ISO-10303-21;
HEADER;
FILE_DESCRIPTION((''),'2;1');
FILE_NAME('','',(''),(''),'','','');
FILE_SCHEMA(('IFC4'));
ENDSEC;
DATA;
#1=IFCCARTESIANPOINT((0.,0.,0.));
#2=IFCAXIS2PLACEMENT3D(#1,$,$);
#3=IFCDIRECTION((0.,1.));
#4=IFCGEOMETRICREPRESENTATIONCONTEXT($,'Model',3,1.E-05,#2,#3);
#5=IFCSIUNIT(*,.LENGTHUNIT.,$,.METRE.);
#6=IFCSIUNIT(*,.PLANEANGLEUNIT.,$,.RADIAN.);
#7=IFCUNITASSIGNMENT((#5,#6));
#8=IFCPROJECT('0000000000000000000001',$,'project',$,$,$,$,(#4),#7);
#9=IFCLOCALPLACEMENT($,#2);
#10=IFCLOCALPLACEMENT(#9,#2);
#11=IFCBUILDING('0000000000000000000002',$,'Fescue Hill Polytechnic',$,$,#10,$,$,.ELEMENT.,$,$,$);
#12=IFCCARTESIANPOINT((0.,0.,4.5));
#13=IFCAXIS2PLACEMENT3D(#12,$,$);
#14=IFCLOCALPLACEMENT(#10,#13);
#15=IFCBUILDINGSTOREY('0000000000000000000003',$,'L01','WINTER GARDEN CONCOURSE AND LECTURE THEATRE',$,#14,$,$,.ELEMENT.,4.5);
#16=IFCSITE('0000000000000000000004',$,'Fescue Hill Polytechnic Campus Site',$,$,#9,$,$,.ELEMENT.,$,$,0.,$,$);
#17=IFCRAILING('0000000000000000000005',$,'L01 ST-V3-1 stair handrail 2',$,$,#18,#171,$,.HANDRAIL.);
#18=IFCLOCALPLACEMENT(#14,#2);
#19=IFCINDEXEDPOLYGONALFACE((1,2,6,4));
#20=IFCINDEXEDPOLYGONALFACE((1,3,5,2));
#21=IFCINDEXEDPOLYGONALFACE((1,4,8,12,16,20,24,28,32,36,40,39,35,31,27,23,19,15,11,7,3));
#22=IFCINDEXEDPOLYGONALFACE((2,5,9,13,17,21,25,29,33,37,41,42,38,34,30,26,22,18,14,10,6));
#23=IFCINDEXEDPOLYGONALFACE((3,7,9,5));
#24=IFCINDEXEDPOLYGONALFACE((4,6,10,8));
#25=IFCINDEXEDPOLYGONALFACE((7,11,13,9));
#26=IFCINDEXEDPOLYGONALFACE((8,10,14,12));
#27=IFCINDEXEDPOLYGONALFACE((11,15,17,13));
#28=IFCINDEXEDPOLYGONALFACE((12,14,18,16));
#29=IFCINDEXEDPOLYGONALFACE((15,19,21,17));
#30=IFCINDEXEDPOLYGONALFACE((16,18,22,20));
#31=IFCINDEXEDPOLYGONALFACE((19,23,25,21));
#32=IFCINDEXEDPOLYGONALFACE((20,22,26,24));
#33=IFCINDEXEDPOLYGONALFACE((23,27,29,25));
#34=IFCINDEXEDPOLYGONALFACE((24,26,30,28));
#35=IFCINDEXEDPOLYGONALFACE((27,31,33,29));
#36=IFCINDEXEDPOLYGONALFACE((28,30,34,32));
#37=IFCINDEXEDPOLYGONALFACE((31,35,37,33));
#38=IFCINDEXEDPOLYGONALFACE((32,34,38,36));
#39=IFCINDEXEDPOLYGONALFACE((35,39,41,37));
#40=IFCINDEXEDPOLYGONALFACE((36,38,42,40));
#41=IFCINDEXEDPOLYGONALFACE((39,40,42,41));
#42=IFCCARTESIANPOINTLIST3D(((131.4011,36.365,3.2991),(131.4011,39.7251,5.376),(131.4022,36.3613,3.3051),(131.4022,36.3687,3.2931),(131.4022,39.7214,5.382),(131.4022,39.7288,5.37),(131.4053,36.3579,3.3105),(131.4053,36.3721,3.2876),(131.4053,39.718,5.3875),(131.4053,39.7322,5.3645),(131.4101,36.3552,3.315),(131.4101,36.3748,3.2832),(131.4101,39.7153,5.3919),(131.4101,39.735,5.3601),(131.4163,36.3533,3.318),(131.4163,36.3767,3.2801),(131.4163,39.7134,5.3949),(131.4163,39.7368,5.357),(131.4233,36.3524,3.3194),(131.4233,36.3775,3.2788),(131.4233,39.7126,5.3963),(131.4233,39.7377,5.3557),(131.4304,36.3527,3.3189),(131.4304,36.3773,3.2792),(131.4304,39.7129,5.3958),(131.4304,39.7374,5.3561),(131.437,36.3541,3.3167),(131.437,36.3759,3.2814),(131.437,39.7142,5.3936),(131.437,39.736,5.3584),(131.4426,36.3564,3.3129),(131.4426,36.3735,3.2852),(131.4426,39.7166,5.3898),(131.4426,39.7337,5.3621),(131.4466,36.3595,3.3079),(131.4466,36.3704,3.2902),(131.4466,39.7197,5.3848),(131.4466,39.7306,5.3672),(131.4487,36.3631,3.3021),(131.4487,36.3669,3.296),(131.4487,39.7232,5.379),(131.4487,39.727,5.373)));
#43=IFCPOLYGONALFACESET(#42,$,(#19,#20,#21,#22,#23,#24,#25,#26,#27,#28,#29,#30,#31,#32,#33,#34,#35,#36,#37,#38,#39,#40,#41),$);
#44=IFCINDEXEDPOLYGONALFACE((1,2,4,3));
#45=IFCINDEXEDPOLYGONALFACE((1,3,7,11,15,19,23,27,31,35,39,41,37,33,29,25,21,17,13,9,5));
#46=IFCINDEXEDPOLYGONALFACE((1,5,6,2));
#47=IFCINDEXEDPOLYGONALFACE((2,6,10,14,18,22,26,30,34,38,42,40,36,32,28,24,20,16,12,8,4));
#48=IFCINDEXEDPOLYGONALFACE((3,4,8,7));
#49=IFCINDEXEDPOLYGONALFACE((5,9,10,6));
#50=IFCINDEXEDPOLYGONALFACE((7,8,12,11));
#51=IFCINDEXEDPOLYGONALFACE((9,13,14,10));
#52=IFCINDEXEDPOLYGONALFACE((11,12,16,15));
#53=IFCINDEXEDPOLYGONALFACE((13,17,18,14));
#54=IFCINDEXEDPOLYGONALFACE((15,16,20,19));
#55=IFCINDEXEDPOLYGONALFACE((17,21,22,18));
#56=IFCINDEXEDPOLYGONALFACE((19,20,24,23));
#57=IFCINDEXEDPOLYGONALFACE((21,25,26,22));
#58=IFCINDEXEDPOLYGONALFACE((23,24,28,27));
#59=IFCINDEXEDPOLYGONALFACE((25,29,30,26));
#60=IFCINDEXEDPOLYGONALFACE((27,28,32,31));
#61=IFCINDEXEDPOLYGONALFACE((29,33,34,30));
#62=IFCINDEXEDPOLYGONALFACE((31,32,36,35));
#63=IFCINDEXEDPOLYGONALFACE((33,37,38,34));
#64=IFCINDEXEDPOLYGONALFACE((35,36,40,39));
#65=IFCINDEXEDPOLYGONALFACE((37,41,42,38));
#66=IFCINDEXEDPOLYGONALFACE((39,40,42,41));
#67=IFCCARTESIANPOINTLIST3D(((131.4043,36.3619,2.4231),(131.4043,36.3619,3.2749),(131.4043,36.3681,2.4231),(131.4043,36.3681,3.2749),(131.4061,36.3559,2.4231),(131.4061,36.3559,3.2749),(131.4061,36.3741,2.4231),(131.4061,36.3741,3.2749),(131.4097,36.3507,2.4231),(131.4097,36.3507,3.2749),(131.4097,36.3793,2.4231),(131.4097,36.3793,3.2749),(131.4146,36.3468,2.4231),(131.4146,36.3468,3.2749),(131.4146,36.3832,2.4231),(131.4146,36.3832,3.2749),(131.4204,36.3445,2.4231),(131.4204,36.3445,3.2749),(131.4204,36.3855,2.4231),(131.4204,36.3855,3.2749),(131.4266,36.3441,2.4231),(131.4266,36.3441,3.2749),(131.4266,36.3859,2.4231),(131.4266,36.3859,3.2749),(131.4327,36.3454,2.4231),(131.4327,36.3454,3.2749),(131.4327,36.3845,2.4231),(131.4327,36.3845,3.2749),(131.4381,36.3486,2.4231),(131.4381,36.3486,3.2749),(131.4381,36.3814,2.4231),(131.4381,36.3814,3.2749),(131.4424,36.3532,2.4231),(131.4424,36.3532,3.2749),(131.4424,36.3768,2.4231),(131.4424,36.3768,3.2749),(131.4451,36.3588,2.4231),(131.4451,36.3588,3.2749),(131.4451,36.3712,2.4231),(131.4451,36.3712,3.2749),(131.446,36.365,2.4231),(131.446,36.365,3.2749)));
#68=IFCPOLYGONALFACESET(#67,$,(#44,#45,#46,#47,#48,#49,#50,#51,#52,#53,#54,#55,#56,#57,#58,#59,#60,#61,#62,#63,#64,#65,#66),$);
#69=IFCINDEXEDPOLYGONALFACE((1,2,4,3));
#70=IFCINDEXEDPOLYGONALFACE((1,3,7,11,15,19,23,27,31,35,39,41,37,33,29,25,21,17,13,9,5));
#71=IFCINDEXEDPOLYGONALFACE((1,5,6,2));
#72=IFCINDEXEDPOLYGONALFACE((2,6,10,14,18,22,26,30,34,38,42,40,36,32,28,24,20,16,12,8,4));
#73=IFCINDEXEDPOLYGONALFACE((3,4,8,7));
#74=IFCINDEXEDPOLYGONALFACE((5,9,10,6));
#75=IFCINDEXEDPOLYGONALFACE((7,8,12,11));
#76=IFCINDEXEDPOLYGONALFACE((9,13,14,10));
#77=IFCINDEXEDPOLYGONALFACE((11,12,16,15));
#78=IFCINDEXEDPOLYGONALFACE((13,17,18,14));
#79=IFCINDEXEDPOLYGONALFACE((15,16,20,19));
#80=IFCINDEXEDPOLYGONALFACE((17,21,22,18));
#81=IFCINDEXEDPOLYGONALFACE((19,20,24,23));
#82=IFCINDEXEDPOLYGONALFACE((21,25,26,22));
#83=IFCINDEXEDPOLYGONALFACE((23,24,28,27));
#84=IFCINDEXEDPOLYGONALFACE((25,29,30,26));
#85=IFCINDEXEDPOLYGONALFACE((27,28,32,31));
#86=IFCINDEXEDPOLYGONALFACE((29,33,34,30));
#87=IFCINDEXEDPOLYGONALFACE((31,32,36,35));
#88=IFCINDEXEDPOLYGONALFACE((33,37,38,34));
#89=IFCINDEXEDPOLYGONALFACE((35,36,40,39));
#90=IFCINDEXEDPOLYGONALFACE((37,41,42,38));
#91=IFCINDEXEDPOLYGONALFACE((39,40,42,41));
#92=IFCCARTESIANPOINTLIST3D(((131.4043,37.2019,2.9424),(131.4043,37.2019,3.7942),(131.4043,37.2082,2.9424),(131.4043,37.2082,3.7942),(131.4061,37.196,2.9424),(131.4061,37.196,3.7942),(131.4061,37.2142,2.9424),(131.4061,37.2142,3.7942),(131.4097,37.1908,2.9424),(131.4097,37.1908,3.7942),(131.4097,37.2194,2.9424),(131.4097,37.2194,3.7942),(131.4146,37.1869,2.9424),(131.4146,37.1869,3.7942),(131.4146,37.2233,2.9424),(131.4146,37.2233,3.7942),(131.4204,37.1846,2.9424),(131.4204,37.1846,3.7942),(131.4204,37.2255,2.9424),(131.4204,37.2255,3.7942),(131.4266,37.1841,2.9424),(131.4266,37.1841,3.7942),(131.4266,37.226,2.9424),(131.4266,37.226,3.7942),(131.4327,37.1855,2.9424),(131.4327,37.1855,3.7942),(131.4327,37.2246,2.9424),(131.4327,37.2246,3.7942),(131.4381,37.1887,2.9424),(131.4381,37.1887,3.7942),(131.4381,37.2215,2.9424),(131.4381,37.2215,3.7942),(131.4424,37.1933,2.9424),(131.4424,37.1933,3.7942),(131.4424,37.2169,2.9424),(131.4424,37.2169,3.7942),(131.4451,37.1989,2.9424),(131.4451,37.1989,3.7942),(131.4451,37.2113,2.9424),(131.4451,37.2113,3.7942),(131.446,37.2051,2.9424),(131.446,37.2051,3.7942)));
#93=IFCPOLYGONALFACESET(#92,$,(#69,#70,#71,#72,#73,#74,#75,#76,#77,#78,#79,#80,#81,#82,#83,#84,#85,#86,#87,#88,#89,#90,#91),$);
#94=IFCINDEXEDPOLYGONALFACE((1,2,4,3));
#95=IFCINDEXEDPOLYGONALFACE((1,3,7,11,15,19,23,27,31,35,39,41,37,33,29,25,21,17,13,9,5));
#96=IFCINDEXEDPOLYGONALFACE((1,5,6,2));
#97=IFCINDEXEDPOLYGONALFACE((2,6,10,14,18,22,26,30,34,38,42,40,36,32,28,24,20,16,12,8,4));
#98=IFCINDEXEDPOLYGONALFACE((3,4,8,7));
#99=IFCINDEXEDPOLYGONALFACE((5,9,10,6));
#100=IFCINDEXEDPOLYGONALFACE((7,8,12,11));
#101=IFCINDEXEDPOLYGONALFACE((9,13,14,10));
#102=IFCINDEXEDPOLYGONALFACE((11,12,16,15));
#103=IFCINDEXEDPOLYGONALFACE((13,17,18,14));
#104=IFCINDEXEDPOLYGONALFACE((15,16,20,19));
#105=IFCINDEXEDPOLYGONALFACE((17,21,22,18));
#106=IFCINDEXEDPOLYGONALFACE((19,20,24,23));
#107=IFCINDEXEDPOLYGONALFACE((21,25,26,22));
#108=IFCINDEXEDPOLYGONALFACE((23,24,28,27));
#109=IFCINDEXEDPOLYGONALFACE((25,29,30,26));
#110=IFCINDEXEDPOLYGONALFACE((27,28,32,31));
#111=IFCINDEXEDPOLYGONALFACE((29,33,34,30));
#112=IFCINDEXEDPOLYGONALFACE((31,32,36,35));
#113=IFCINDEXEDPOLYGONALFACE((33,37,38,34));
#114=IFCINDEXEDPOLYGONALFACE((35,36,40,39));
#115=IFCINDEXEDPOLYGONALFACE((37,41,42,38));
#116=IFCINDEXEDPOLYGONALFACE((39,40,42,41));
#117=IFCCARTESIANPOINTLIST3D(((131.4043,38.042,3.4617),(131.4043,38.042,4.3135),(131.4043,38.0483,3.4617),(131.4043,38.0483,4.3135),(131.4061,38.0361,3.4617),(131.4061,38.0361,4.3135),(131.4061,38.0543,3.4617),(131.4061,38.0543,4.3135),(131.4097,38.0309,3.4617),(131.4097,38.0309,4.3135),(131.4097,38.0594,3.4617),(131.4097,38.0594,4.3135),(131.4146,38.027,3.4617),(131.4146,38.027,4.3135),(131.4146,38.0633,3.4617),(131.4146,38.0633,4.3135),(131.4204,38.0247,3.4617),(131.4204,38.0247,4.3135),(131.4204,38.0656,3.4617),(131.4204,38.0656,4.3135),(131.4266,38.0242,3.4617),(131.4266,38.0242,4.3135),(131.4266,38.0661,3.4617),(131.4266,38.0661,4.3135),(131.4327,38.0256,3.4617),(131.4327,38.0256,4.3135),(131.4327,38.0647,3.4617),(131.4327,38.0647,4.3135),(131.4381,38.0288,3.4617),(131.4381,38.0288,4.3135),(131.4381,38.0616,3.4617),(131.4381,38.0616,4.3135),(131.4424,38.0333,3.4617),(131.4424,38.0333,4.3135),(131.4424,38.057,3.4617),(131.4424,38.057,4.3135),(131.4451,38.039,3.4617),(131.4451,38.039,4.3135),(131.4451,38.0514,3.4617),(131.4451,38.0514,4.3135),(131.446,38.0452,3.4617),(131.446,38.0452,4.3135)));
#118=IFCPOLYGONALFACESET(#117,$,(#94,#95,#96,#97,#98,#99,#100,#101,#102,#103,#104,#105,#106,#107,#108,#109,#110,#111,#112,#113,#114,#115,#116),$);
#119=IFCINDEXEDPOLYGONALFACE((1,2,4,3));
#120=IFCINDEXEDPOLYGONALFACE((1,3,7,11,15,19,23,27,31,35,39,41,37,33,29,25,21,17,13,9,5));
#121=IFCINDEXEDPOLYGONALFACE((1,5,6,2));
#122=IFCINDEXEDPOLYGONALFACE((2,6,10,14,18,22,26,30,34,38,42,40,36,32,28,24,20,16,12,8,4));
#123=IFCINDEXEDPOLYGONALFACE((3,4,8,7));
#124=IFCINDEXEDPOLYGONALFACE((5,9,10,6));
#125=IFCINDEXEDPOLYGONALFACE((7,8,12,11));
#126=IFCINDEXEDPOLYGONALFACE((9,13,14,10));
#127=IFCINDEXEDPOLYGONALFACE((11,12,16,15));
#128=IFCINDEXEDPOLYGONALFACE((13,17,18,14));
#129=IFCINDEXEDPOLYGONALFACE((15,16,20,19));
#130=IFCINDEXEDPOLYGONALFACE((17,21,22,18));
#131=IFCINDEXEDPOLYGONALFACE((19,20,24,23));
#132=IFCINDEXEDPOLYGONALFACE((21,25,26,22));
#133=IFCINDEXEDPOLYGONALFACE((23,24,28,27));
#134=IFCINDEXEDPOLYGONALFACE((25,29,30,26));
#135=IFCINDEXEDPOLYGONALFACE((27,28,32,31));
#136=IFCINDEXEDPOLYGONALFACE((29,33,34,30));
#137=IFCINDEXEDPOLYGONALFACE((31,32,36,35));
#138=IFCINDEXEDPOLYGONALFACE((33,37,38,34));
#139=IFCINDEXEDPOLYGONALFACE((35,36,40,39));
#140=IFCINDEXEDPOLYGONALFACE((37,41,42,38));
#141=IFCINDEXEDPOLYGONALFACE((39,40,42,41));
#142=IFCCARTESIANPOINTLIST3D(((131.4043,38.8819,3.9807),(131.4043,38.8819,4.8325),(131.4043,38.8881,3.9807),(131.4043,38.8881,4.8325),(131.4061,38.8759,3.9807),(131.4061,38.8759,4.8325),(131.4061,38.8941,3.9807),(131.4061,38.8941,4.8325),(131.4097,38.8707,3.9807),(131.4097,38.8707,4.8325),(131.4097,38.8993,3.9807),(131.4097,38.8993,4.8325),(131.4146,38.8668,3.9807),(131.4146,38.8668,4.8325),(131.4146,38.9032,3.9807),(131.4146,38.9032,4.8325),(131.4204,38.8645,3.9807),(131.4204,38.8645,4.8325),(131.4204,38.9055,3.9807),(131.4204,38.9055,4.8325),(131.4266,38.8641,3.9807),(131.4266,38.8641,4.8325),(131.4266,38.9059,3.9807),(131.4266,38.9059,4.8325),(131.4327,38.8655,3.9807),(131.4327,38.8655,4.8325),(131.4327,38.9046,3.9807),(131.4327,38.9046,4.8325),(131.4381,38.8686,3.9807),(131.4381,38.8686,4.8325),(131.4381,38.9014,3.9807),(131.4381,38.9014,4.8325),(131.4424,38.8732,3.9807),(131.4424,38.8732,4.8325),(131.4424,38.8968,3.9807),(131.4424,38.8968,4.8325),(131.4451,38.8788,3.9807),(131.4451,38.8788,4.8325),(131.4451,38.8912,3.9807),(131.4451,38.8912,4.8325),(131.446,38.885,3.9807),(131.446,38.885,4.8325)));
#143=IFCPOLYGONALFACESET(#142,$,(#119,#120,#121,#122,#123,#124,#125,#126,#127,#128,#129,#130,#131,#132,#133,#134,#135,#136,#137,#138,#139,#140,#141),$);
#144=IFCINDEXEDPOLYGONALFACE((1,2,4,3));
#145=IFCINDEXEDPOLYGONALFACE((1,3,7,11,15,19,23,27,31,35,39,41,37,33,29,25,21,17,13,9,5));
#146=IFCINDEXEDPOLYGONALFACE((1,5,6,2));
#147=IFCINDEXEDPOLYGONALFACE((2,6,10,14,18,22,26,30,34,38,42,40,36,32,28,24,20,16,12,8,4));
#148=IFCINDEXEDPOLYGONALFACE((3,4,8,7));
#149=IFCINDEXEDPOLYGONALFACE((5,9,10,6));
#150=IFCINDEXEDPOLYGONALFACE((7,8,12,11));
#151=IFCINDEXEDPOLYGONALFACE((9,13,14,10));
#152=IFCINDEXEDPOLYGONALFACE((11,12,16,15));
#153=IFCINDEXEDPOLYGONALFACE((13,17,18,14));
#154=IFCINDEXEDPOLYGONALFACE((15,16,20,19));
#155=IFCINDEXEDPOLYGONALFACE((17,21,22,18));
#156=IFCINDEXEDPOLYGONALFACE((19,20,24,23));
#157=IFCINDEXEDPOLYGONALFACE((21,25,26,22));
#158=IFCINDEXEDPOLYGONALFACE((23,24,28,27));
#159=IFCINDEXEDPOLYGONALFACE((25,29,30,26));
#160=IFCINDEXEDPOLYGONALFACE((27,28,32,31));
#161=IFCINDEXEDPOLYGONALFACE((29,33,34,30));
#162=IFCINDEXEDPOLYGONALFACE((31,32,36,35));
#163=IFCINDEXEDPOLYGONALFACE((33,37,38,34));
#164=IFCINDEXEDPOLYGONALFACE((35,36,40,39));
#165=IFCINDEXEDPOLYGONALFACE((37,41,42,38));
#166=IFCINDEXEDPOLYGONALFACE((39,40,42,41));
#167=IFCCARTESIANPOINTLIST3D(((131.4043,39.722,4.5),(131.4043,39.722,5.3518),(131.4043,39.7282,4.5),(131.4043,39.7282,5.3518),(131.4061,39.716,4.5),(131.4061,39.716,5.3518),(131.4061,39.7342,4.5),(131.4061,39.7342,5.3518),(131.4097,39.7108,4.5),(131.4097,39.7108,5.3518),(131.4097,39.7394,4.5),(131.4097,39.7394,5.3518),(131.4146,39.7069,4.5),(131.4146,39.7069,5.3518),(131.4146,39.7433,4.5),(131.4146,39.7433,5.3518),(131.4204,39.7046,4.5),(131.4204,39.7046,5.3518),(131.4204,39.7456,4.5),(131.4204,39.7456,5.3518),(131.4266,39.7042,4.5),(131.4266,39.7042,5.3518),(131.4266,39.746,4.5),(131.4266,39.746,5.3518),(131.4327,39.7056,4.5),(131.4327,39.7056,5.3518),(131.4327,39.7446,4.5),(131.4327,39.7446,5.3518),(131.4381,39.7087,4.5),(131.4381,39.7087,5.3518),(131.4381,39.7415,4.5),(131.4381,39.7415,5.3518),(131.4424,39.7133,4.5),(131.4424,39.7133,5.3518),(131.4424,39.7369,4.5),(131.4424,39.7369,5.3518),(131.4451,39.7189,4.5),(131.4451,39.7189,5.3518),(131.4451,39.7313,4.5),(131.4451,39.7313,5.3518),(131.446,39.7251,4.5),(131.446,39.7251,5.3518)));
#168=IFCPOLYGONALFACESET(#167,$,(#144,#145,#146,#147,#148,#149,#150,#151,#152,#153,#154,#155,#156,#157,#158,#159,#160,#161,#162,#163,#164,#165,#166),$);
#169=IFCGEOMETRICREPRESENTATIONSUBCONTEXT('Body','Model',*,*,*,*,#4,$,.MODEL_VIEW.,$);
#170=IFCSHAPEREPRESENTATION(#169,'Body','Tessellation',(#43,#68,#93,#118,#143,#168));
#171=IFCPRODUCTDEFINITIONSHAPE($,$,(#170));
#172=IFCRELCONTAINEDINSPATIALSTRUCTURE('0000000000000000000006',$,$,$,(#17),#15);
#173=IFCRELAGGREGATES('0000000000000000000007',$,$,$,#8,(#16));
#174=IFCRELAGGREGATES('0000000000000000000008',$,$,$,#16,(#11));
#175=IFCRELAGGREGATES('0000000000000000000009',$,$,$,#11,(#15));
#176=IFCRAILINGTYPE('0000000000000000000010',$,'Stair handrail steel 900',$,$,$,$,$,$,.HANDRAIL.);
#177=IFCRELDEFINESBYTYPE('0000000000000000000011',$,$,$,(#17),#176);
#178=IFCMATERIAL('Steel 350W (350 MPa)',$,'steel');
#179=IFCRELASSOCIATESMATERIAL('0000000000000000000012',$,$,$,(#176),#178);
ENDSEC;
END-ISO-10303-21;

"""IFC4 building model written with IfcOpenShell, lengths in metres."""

from ifc_helpers import new_model, si_unit, direction, frame, origin, origin_2d, place, context, subcontext, project, spatial, circle, extrude, material, type_object, element, save


model = new_model("IFC4")

# Units and contexts
model_context = context("Model", 3, precision=1e-05, world=origin(), true_north=direction((0.0, 1.0)))
body_context = subcontext(model_context, "Body", "Model", "MODEL_VIEW")
ifc_project = project(units=[si_unit("LENGTHUNIT", "METRE"), si_unit("PLANEANGLEUNIT", "RADIAN")], contexts=[model_context])

# Site, building, storey
site_placement = place(None, origin())
site = spatial("IfcSite", under=ifc_project, at=site_placement, Name="Fescue Hill Polytechnic Campus Site", CompositionType="ELEMENT", RefElevation=0.0)
building_placement = place(site_placement, origin())
building = spatial("IfcBuilding", under=site, at=building_placement, Name="Fescue Hill Polytechnic", CompositionType="ELEMENT")
storey_placement = place(building_placement, frame((0.0, 0.0, 4.5)))
storey = spatial("IfcBuildingStorey", under=building, at=storey_placement, Name="L01", Description="WINTER GARDEN CONCOURSE AND LECTURE THEATRE", CompositionType="ELEMENT", Elevation=4.5)

# Railing
ifc_material_1 = material(Name="Steel 350W (350 MPa)", Category="steel")
railing_type = type_object("IfcRailingType", Name="Stair handrail steel 900", PredefinedType="HANDRAIL", material=ifc_material_1)
for number, where, name in (
    (1, (131.425, 36.365, 2.4231), "L01 ST-V3-1 stair handrail 2"),
):
    element("IfcRailing", number, at=place(storey_placement, frame(where)), inside=storey, type_object=railing_type, Name=name, PredefinedType="HANDRAIL", context=body_context, shape_type="SweptSolid", body=[
        extrude(circle(Radius=0.0239, at=origin_2d()), frame((0.0, 0.0, 0.876), z_axis=(0.0, 0.850623, 0.525776), x_axis=(-1.0, 0.0, 0.0)), (0.0, 0.0, 1.0), 3.9502),
        extrude(circle(Radius=0.021, at=origin_2d()), origin(), (0.0, 0.0, 1.0), 0.8518),
        extrude(circle(Radius=0.021, at=origin_2d()), frame((0.0, 0.8401, 0.5193)), (0.0, 0.0, 1.0), 0.8518),
        extrude(circle(Radius=0.021, at=origin_2d()), frame((0.0, 1.6802, 1.0386)), (0.0, 0.0, 1.0), 0.8518),
        extrude(circle(Radius=0.021, at=origin_2d()), frame((0.0, 2.52, 1.5576)), (0.0, 0.0, 1.0), 0.8518),
        extrude(circle(Radius=0.021, at=origin_2d()), frame((0.0, 3.3601, 2.0769)), (0.0, 0.0, 1.0), 0.8518),
    ])

save(model, "model.ifc")
